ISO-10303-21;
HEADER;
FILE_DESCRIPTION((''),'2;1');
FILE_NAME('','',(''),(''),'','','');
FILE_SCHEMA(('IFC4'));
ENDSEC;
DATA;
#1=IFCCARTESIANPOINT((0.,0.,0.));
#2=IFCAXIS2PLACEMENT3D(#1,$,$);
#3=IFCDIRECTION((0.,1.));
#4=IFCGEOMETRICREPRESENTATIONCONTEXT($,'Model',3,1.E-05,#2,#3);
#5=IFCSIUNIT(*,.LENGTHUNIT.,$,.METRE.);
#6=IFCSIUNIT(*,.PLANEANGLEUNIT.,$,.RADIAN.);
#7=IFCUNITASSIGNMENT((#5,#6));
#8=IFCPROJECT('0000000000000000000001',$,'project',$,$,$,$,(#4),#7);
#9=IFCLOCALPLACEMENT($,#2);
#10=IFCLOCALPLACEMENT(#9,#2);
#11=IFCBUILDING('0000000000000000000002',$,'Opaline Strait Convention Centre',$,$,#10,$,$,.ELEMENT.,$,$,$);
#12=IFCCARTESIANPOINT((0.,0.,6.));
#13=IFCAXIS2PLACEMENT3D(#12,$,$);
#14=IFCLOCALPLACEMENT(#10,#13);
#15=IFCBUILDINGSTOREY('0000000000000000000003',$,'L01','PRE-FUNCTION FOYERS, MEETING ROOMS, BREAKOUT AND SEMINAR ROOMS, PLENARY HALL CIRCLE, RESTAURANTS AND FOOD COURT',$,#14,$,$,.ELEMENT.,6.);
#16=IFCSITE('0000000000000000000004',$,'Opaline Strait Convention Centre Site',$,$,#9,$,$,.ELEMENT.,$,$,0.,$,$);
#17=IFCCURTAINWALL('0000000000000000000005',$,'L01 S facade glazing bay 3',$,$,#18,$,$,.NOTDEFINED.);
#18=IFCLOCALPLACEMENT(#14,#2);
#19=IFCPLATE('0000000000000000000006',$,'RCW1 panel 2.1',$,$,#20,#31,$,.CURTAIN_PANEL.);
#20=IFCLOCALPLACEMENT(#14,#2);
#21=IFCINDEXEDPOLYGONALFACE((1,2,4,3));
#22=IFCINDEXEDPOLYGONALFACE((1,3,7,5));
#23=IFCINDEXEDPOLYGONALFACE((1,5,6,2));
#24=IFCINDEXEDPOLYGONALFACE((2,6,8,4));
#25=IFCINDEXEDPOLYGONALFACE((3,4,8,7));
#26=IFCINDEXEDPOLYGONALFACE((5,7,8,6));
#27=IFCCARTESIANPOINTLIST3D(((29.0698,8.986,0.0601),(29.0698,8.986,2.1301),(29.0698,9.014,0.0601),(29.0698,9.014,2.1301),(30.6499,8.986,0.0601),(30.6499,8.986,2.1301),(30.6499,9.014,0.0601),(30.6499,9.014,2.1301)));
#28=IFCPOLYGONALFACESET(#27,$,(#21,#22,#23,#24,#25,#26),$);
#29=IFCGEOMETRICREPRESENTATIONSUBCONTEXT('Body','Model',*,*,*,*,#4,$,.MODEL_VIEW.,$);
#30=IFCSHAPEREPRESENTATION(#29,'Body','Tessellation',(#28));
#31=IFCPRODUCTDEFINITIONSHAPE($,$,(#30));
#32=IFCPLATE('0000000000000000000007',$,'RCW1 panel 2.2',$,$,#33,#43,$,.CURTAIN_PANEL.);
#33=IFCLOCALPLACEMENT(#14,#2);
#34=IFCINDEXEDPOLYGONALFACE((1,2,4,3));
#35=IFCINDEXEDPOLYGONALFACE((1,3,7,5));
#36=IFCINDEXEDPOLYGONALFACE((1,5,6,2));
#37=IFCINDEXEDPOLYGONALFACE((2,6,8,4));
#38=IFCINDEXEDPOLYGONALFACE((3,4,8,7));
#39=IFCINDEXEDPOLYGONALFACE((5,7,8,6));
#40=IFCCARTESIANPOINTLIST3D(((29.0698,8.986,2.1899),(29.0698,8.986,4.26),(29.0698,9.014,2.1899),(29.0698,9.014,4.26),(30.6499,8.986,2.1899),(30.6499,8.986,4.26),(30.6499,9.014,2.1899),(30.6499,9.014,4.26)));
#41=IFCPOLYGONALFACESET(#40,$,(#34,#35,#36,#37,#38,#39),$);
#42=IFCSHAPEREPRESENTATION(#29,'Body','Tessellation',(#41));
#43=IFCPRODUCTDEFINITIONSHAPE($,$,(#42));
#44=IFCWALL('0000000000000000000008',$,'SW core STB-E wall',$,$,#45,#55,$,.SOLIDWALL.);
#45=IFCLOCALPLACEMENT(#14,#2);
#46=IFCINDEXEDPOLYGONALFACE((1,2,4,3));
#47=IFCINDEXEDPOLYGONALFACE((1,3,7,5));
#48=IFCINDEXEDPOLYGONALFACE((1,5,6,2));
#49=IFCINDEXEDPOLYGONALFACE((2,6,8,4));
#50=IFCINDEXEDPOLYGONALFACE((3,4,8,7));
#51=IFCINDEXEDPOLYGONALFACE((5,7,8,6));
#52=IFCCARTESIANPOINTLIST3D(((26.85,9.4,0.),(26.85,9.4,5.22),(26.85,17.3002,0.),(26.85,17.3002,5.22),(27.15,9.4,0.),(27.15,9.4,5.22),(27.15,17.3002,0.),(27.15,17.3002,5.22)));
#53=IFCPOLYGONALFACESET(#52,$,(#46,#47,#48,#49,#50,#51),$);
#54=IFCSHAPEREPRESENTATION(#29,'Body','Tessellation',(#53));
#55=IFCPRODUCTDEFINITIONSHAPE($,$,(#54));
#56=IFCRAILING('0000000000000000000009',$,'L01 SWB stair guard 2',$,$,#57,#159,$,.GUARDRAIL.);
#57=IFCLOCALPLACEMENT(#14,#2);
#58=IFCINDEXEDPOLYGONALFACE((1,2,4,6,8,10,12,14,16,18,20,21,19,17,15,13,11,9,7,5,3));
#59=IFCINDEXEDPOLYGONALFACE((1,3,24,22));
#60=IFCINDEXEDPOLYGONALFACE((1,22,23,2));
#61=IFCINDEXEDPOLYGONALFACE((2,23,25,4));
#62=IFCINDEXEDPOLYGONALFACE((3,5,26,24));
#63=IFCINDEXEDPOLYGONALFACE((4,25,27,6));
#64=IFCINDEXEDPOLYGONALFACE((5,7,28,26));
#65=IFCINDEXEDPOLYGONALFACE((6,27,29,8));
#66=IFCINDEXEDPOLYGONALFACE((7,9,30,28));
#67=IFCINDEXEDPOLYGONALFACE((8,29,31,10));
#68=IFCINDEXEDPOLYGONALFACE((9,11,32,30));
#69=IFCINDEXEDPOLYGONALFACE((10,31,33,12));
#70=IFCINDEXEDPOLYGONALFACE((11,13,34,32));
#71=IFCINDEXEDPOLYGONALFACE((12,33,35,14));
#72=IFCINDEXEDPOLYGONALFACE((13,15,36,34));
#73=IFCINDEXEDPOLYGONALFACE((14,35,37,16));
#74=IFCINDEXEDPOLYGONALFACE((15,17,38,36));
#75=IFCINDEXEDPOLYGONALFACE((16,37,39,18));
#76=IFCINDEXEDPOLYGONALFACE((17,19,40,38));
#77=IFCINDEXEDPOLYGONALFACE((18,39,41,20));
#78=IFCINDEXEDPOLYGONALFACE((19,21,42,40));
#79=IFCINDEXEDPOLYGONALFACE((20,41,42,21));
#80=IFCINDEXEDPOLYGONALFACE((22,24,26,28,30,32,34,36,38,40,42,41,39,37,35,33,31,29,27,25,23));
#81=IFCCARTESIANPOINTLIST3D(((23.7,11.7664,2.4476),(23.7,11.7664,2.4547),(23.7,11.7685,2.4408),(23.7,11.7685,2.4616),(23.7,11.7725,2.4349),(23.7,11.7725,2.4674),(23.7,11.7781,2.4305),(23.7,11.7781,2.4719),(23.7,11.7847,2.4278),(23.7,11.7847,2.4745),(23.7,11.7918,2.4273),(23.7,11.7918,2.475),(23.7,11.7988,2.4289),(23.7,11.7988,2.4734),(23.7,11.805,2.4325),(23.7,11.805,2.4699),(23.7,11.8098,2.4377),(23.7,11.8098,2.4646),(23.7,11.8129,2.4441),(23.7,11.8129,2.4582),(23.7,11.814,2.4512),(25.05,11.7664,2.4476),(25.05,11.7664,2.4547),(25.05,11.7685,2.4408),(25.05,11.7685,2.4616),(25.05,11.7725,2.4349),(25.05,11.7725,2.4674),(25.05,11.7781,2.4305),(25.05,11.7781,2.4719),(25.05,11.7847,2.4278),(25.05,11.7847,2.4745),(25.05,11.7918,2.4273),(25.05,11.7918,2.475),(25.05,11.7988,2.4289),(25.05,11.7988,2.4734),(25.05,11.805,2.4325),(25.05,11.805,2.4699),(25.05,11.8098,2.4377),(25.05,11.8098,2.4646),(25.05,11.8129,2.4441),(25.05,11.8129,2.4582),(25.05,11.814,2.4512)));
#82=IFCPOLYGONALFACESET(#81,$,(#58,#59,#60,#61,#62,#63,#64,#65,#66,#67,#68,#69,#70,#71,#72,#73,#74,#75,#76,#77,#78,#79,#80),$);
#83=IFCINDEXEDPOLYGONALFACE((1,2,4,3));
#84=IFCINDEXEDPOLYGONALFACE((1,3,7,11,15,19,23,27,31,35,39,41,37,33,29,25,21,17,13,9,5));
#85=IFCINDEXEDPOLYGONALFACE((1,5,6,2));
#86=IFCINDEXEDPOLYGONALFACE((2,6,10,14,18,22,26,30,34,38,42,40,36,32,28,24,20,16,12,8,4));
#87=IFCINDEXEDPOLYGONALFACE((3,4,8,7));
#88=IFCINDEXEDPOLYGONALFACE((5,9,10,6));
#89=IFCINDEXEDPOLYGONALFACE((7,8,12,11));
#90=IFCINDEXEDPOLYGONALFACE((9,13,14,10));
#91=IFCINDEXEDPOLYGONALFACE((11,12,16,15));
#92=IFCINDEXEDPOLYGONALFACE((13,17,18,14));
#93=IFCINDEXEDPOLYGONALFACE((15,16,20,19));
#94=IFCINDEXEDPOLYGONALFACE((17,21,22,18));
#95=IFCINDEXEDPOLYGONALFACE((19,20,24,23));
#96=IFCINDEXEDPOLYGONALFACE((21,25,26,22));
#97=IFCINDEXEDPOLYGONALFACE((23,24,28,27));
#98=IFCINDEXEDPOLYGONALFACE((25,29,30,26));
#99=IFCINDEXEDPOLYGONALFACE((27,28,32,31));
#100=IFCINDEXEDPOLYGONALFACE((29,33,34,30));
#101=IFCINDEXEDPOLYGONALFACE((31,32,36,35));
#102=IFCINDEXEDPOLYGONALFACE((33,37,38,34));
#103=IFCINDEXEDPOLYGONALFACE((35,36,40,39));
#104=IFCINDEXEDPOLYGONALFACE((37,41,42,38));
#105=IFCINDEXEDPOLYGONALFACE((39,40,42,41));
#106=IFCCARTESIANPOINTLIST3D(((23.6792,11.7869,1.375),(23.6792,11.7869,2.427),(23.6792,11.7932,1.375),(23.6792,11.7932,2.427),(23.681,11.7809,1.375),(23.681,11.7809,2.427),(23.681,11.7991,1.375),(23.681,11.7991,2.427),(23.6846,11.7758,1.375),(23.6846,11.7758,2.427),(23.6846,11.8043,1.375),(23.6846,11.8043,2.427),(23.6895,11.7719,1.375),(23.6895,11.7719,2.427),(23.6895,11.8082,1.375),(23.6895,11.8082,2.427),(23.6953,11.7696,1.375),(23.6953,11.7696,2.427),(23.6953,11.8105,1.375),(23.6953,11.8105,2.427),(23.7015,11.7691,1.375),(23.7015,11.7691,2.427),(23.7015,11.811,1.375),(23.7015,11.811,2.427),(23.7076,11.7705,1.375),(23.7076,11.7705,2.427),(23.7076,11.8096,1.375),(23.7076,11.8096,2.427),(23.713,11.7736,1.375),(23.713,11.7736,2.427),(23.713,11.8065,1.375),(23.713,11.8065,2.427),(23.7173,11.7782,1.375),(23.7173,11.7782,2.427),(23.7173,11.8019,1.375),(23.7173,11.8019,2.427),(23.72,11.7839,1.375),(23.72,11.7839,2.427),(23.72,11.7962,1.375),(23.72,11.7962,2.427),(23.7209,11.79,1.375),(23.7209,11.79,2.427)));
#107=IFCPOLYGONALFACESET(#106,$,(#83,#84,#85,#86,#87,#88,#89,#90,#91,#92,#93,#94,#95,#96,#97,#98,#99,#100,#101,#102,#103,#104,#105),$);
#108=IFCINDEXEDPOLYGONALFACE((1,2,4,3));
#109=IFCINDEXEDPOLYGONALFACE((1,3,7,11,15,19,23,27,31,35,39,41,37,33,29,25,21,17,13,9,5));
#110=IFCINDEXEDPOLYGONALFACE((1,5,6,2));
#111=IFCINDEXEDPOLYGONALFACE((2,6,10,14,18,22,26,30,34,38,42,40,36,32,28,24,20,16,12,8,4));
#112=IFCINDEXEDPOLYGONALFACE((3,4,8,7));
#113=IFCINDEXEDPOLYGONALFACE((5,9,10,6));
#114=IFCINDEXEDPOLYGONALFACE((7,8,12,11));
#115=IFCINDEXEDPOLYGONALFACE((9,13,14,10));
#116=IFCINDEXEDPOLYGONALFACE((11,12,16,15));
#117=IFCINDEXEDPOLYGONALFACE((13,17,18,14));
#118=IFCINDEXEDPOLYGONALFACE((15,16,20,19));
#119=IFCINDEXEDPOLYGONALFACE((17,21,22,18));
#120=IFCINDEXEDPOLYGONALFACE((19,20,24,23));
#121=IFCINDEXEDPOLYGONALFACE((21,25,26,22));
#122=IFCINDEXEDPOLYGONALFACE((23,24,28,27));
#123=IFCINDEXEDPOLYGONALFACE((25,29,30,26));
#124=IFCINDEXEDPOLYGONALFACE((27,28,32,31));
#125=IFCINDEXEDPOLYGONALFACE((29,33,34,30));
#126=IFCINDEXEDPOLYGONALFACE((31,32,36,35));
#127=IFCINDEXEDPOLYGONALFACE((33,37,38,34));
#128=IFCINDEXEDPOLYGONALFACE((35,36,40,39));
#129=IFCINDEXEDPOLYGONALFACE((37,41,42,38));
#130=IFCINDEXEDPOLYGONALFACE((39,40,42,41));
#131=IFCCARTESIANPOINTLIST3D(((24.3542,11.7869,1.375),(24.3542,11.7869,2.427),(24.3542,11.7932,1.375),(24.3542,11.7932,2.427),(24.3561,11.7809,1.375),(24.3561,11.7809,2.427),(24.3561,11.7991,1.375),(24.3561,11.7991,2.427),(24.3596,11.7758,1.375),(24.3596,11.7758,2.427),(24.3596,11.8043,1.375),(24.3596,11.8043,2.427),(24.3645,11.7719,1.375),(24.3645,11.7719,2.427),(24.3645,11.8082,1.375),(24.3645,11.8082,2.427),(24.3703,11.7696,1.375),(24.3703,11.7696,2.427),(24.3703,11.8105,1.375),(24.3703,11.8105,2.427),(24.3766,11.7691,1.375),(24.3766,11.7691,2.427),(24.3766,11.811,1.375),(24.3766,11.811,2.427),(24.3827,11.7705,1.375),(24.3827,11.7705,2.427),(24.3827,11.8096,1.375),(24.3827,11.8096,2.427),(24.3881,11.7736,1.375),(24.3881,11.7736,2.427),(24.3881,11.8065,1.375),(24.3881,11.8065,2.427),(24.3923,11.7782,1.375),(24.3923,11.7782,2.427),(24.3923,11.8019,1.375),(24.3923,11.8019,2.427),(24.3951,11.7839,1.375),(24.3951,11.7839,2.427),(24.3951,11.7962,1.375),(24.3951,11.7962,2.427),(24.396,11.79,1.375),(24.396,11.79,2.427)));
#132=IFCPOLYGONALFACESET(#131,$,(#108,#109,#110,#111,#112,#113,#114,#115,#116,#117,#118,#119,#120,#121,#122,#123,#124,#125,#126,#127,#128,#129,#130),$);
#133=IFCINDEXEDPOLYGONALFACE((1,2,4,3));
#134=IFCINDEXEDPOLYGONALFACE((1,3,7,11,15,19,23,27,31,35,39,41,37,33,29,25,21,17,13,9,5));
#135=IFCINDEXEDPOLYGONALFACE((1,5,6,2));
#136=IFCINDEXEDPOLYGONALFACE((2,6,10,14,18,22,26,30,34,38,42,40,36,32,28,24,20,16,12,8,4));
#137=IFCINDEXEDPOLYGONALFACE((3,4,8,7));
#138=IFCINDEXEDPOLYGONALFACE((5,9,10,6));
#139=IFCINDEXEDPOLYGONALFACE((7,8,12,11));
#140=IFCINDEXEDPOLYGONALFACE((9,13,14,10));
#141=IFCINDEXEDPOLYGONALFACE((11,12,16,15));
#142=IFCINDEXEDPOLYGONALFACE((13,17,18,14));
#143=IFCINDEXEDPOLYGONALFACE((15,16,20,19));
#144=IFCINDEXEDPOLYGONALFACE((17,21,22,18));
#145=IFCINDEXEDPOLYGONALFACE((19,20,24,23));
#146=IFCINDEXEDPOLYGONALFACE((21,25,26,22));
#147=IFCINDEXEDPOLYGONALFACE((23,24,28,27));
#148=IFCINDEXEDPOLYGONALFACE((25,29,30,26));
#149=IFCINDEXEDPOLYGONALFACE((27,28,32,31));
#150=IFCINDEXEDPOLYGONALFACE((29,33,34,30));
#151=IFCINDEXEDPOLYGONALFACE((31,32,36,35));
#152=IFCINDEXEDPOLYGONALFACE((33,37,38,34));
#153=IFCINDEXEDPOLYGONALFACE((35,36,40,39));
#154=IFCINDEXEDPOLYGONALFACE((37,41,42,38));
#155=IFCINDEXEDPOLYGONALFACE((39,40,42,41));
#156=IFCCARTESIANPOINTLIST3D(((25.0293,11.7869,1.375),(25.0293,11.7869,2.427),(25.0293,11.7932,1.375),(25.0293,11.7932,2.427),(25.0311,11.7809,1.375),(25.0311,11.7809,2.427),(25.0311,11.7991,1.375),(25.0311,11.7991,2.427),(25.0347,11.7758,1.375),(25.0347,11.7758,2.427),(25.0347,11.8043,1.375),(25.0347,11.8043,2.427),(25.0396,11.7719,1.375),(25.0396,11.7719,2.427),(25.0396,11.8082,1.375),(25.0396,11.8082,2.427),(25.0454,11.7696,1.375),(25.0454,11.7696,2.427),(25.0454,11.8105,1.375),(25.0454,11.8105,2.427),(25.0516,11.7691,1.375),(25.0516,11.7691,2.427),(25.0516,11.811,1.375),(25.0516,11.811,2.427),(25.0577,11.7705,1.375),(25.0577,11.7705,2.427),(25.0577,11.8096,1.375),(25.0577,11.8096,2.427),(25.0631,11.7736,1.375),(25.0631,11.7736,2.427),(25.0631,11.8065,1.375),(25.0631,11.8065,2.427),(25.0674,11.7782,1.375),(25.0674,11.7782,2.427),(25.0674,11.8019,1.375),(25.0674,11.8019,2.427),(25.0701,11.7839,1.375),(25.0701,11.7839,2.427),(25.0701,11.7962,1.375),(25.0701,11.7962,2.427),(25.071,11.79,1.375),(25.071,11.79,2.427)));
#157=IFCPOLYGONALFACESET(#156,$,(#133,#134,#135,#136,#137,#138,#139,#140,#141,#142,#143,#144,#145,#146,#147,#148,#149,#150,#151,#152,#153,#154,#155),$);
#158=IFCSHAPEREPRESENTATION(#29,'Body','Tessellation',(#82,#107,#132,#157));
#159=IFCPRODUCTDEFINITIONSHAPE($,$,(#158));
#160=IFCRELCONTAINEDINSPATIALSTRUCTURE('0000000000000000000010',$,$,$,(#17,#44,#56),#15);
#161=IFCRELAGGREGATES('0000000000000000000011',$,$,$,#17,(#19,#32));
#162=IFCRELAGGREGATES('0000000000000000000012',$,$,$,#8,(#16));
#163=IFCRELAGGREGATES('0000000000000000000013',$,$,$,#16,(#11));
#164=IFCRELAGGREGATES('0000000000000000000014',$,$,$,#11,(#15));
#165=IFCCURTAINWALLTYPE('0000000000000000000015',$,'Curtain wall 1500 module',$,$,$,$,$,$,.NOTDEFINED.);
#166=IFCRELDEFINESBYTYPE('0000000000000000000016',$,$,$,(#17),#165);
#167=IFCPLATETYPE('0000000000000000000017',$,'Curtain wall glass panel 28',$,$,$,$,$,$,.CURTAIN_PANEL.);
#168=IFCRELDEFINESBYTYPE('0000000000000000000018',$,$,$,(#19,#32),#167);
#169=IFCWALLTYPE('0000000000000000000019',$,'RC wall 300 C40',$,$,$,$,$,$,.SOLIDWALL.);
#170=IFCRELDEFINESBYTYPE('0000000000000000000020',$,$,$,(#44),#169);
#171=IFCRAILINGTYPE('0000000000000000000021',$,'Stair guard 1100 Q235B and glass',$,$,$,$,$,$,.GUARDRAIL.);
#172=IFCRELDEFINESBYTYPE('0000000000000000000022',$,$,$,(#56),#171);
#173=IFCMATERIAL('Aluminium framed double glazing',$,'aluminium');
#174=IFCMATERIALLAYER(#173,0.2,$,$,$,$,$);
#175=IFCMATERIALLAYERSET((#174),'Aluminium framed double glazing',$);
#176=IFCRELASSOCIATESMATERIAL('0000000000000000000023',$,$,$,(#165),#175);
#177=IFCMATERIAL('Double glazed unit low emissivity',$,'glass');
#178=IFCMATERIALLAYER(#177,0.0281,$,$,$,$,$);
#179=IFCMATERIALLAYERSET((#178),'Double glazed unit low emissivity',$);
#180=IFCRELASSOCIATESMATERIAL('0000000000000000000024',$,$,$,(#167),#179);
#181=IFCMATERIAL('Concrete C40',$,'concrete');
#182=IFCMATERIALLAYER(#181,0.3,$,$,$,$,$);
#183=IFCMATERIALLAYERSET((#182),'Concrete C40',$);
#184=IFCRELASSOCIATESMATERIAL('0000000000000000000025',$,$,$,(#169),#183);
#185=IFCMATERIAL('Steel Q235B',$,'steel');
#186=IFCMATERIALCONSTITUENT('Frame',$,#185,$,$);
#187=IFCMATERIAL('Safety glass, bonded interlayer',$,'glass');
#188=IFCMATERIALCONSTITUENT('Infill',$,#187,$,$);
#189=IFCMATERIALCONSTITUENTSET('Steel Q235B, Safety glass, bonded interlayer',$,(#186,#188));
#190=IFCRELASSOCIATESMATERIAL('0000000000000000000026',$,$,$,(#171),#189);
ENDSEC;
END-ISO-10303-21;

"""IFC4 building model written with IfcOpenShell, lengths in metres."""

from ifc_helpers import new_model, si_unit, direction, frame, frame_2d, origin, origin_2d, place, context, subcontext, project, spatial, rectangle, circle, extrude, material, layer, layer_set, constituent, constituent_set, type_object, element, aggregate, save


model = new_model("IFC4")

# Units and contexts
model_context = context("Model", 3, precision=1e-05, world=origin(), true_north=direction((0.0, 1.0)))
body_context = subcontext(model_context, "Body", "Model", "MODEL_VIEW")
ifc_project = project(units=[si_unit("LENGTHUNIT", "METRE"), si_unit("PLANEANGLEUNIT", "RADIAN")], contexts=[model_context])

# Site, building, storey
site_placement = place(None, origin())
site = spatial("IfcSite", under=ifc_project, at=site_placement, Name="Opaline Strait Convention Centre Site", CompositionType="ELEMENT", RefElevation=0.0)
building_placement = place(site_placement, origin())
building = spatial("IfcBuilding", under=site, at=building_placement, Name="Opaline Strait Convention Centre", CompositionType="ELEMENT")
storey_placement = place(building_placement, frame((0.0, 0.0, 6.0)))
storey = spatial("IfcBuildingStorey", under=building, at=storey_placement, Name="L01", Description="PRE-FUNCTION FOYERS, MEETING ROOMS, BREAKOUT AND SEMINAR ROOMS, PLENARY HALL CIRCLE, RESTAURANTS AND FOOD COURT", CompositionType="ELEMENT", Elevation=6.0)

# Shared definitions
ifc_material_1 = material(Name="Concrete C40", Category="concrete")

# Curtain wall
ifc_material_2 = material(Name="Aluminium framed double glazing", Category="aluminium")
ifc_layer_1 = layer(ifc_material_2, 0.2)
ifc_layer_set_1 = layer_set([ifc_layer_1], Name="Aluminium framed double glazing")
curtain_wall_type = type_object("IfcCurtainWallType", Name="Curtain wall 1500 module", PredefinedType="NOTDEFINED", material=ifc_layer_set_1)
curtain_wall_placement = place(storey_placement, origin())
curtain_wall = element("IfcCurtainWall", 1, at=curtain_wall_placement, inside=storey, type_object=curtain_wall_type, Name="L01 S facade glazing bay 3", PredefinedType="NOTDEFINED")

# Plates
ifc_material_3 = material(Name="Double glazed unit low emissivity", Category="glass")
ifc_layer_2 = layer(ifc_material_3, 0.0281)
ifc_layer_set_2 = layer_set([ifc_layer_2], Name="Double glazed unit low emissivity")
plate_type = type_object("IfcPlateType", Name="Curtain wall glass panel 28", PredefinedType="CURTAIN_PANEL", material=ifc_layer_set_2)
plate_1_placement = place(storey_placement, frame((29.8599, 9.0, 0.0601), z_axis=(0.0, 0.0, 1.0), x_axis=(1.0, 0.0, 0.0)))
plate_1 = element("IfcPlate", 2, at=plate_1_placement, type_object=plate_type, Name="RCW1 panel 2.1", PredefinedType="CURTAIN_PANEL", context=body_context, shape_type="SweptSolid", body=[
    extrude(rectangle(XDim=1.5801, YDim=0.0281, at=origin_2d()), origin(), (0.0, 0.0, 1.0), 2.0701),
])
plate_2_placement = place(storey_placement, frame((29.8599, 9.0, 2.1899), z_axis=(0.0, 0.0, 1.0), x_axis=(1.0, 0.0, 0.0)))
plate_2 = element("IfcPlate", 3, at=plate_2_placement, type_object=plate_type, Name="RCW1 panel 2.2", PredefinedType="CURTAIN_PANEL", context=body_context, shape_type="SweptSolid", body=[
    extrude(rectangle(XDim=1.5801, YDim=0.0281, at=origin_2d()), origin(), (0.0, 0.0, 1.0), 2.0701),
])
aggregate(curtain_wall, [plate_1, plate_2])

# Wall
ifc_layer_3 = layer(ifc_material_1, 0.3)
ifc_layer_set_3 = layer_set([ifc_layer_3], Name="Concrete C40")
wall_type = type_object("IfcWallType", Name="RC wall 300 C40", PredefinedType="SOLIDWALL", material=ifc_layer_set_3)
wall_placement = place(storey_placement, frame((27.0, 9.3999, 0.0), z_axis=(0.0, 0.0, 1.0), x_axis=(0.0, 1.0, 0.0)))
element("IfcWall", 4, at=wall_placement, inside=storey, type_object=wall_type, Name="SW core STB-E wall", PredefinedType="SOLIDWALL", context=body_context, shape_type="SweptSolid", body=[
    extrude(rectangle(XDim=7.9001, YDim=0.3, at=frame_2d((3.9502, 0.0))), origin(), (0.0, 0.0, 1.0), 5.22),
])

# Railing
ifc_material_4 = material(Name="Steel Q235B", Category="steel")
ifc_constituent_1 = constituent(ifc_material_4, Name="Frame")
ifc_material_5 = material(Name="Safety glass, bonded interlayer", Category="glass")
ifc_constituent_2 = constituent(ifc_material_5, Name="Infill")
ifc_constituent_set = constituent_set(constituents=[ifc_constituent_1, ifc_constituent_2], Name="Steel Q235B, Safety glass, bonded interlayer")
railing_type = type_object("IfcRailingType", Name="Stair guard 1100 Q235B and glass", PredefinedType="GUARDRAIL", material=ifc_constituent_set)
for number, where, name in (
    (5, (23.7, 11.79, 1.375), "L01 SWB stair guard 2"),
):
    element("IfcRailing", number, at=place(storey_placement, frame(where)), inside=storey, type_object=railing_type, Name=name, PredefinedType="GUARDRAIL", context=body_context, shape_type="SweptSolid", body=[
        extrude(circle(Radius=0.0239, at=origin_2d()), frame((0.0, 0.0, 1.0762), z_axis=(1.0, 0.0, 0.0), x_axis=(0.0, 1.0, 0.0)), (0.0, 0.0, 1.0), 1.3501),
        extrude(circle(Radius=0.021, at=origin_2d()), origin(), (0.0, 0.0, 1.0), 1.052),
        extrude(circle(Radius=0.021, at=origin_2d()), frame((0.675, 0.0, 0.0)), (0.0, 0.0, 1.0), 1.052),
        extrude(circle(Radius=0.021, at=origin_2d()), frame((1.3501, 0.0, 0.0)), (0.0, 0.0, 1.0), 1.052),
    ])

save(model, "model.ifc")
